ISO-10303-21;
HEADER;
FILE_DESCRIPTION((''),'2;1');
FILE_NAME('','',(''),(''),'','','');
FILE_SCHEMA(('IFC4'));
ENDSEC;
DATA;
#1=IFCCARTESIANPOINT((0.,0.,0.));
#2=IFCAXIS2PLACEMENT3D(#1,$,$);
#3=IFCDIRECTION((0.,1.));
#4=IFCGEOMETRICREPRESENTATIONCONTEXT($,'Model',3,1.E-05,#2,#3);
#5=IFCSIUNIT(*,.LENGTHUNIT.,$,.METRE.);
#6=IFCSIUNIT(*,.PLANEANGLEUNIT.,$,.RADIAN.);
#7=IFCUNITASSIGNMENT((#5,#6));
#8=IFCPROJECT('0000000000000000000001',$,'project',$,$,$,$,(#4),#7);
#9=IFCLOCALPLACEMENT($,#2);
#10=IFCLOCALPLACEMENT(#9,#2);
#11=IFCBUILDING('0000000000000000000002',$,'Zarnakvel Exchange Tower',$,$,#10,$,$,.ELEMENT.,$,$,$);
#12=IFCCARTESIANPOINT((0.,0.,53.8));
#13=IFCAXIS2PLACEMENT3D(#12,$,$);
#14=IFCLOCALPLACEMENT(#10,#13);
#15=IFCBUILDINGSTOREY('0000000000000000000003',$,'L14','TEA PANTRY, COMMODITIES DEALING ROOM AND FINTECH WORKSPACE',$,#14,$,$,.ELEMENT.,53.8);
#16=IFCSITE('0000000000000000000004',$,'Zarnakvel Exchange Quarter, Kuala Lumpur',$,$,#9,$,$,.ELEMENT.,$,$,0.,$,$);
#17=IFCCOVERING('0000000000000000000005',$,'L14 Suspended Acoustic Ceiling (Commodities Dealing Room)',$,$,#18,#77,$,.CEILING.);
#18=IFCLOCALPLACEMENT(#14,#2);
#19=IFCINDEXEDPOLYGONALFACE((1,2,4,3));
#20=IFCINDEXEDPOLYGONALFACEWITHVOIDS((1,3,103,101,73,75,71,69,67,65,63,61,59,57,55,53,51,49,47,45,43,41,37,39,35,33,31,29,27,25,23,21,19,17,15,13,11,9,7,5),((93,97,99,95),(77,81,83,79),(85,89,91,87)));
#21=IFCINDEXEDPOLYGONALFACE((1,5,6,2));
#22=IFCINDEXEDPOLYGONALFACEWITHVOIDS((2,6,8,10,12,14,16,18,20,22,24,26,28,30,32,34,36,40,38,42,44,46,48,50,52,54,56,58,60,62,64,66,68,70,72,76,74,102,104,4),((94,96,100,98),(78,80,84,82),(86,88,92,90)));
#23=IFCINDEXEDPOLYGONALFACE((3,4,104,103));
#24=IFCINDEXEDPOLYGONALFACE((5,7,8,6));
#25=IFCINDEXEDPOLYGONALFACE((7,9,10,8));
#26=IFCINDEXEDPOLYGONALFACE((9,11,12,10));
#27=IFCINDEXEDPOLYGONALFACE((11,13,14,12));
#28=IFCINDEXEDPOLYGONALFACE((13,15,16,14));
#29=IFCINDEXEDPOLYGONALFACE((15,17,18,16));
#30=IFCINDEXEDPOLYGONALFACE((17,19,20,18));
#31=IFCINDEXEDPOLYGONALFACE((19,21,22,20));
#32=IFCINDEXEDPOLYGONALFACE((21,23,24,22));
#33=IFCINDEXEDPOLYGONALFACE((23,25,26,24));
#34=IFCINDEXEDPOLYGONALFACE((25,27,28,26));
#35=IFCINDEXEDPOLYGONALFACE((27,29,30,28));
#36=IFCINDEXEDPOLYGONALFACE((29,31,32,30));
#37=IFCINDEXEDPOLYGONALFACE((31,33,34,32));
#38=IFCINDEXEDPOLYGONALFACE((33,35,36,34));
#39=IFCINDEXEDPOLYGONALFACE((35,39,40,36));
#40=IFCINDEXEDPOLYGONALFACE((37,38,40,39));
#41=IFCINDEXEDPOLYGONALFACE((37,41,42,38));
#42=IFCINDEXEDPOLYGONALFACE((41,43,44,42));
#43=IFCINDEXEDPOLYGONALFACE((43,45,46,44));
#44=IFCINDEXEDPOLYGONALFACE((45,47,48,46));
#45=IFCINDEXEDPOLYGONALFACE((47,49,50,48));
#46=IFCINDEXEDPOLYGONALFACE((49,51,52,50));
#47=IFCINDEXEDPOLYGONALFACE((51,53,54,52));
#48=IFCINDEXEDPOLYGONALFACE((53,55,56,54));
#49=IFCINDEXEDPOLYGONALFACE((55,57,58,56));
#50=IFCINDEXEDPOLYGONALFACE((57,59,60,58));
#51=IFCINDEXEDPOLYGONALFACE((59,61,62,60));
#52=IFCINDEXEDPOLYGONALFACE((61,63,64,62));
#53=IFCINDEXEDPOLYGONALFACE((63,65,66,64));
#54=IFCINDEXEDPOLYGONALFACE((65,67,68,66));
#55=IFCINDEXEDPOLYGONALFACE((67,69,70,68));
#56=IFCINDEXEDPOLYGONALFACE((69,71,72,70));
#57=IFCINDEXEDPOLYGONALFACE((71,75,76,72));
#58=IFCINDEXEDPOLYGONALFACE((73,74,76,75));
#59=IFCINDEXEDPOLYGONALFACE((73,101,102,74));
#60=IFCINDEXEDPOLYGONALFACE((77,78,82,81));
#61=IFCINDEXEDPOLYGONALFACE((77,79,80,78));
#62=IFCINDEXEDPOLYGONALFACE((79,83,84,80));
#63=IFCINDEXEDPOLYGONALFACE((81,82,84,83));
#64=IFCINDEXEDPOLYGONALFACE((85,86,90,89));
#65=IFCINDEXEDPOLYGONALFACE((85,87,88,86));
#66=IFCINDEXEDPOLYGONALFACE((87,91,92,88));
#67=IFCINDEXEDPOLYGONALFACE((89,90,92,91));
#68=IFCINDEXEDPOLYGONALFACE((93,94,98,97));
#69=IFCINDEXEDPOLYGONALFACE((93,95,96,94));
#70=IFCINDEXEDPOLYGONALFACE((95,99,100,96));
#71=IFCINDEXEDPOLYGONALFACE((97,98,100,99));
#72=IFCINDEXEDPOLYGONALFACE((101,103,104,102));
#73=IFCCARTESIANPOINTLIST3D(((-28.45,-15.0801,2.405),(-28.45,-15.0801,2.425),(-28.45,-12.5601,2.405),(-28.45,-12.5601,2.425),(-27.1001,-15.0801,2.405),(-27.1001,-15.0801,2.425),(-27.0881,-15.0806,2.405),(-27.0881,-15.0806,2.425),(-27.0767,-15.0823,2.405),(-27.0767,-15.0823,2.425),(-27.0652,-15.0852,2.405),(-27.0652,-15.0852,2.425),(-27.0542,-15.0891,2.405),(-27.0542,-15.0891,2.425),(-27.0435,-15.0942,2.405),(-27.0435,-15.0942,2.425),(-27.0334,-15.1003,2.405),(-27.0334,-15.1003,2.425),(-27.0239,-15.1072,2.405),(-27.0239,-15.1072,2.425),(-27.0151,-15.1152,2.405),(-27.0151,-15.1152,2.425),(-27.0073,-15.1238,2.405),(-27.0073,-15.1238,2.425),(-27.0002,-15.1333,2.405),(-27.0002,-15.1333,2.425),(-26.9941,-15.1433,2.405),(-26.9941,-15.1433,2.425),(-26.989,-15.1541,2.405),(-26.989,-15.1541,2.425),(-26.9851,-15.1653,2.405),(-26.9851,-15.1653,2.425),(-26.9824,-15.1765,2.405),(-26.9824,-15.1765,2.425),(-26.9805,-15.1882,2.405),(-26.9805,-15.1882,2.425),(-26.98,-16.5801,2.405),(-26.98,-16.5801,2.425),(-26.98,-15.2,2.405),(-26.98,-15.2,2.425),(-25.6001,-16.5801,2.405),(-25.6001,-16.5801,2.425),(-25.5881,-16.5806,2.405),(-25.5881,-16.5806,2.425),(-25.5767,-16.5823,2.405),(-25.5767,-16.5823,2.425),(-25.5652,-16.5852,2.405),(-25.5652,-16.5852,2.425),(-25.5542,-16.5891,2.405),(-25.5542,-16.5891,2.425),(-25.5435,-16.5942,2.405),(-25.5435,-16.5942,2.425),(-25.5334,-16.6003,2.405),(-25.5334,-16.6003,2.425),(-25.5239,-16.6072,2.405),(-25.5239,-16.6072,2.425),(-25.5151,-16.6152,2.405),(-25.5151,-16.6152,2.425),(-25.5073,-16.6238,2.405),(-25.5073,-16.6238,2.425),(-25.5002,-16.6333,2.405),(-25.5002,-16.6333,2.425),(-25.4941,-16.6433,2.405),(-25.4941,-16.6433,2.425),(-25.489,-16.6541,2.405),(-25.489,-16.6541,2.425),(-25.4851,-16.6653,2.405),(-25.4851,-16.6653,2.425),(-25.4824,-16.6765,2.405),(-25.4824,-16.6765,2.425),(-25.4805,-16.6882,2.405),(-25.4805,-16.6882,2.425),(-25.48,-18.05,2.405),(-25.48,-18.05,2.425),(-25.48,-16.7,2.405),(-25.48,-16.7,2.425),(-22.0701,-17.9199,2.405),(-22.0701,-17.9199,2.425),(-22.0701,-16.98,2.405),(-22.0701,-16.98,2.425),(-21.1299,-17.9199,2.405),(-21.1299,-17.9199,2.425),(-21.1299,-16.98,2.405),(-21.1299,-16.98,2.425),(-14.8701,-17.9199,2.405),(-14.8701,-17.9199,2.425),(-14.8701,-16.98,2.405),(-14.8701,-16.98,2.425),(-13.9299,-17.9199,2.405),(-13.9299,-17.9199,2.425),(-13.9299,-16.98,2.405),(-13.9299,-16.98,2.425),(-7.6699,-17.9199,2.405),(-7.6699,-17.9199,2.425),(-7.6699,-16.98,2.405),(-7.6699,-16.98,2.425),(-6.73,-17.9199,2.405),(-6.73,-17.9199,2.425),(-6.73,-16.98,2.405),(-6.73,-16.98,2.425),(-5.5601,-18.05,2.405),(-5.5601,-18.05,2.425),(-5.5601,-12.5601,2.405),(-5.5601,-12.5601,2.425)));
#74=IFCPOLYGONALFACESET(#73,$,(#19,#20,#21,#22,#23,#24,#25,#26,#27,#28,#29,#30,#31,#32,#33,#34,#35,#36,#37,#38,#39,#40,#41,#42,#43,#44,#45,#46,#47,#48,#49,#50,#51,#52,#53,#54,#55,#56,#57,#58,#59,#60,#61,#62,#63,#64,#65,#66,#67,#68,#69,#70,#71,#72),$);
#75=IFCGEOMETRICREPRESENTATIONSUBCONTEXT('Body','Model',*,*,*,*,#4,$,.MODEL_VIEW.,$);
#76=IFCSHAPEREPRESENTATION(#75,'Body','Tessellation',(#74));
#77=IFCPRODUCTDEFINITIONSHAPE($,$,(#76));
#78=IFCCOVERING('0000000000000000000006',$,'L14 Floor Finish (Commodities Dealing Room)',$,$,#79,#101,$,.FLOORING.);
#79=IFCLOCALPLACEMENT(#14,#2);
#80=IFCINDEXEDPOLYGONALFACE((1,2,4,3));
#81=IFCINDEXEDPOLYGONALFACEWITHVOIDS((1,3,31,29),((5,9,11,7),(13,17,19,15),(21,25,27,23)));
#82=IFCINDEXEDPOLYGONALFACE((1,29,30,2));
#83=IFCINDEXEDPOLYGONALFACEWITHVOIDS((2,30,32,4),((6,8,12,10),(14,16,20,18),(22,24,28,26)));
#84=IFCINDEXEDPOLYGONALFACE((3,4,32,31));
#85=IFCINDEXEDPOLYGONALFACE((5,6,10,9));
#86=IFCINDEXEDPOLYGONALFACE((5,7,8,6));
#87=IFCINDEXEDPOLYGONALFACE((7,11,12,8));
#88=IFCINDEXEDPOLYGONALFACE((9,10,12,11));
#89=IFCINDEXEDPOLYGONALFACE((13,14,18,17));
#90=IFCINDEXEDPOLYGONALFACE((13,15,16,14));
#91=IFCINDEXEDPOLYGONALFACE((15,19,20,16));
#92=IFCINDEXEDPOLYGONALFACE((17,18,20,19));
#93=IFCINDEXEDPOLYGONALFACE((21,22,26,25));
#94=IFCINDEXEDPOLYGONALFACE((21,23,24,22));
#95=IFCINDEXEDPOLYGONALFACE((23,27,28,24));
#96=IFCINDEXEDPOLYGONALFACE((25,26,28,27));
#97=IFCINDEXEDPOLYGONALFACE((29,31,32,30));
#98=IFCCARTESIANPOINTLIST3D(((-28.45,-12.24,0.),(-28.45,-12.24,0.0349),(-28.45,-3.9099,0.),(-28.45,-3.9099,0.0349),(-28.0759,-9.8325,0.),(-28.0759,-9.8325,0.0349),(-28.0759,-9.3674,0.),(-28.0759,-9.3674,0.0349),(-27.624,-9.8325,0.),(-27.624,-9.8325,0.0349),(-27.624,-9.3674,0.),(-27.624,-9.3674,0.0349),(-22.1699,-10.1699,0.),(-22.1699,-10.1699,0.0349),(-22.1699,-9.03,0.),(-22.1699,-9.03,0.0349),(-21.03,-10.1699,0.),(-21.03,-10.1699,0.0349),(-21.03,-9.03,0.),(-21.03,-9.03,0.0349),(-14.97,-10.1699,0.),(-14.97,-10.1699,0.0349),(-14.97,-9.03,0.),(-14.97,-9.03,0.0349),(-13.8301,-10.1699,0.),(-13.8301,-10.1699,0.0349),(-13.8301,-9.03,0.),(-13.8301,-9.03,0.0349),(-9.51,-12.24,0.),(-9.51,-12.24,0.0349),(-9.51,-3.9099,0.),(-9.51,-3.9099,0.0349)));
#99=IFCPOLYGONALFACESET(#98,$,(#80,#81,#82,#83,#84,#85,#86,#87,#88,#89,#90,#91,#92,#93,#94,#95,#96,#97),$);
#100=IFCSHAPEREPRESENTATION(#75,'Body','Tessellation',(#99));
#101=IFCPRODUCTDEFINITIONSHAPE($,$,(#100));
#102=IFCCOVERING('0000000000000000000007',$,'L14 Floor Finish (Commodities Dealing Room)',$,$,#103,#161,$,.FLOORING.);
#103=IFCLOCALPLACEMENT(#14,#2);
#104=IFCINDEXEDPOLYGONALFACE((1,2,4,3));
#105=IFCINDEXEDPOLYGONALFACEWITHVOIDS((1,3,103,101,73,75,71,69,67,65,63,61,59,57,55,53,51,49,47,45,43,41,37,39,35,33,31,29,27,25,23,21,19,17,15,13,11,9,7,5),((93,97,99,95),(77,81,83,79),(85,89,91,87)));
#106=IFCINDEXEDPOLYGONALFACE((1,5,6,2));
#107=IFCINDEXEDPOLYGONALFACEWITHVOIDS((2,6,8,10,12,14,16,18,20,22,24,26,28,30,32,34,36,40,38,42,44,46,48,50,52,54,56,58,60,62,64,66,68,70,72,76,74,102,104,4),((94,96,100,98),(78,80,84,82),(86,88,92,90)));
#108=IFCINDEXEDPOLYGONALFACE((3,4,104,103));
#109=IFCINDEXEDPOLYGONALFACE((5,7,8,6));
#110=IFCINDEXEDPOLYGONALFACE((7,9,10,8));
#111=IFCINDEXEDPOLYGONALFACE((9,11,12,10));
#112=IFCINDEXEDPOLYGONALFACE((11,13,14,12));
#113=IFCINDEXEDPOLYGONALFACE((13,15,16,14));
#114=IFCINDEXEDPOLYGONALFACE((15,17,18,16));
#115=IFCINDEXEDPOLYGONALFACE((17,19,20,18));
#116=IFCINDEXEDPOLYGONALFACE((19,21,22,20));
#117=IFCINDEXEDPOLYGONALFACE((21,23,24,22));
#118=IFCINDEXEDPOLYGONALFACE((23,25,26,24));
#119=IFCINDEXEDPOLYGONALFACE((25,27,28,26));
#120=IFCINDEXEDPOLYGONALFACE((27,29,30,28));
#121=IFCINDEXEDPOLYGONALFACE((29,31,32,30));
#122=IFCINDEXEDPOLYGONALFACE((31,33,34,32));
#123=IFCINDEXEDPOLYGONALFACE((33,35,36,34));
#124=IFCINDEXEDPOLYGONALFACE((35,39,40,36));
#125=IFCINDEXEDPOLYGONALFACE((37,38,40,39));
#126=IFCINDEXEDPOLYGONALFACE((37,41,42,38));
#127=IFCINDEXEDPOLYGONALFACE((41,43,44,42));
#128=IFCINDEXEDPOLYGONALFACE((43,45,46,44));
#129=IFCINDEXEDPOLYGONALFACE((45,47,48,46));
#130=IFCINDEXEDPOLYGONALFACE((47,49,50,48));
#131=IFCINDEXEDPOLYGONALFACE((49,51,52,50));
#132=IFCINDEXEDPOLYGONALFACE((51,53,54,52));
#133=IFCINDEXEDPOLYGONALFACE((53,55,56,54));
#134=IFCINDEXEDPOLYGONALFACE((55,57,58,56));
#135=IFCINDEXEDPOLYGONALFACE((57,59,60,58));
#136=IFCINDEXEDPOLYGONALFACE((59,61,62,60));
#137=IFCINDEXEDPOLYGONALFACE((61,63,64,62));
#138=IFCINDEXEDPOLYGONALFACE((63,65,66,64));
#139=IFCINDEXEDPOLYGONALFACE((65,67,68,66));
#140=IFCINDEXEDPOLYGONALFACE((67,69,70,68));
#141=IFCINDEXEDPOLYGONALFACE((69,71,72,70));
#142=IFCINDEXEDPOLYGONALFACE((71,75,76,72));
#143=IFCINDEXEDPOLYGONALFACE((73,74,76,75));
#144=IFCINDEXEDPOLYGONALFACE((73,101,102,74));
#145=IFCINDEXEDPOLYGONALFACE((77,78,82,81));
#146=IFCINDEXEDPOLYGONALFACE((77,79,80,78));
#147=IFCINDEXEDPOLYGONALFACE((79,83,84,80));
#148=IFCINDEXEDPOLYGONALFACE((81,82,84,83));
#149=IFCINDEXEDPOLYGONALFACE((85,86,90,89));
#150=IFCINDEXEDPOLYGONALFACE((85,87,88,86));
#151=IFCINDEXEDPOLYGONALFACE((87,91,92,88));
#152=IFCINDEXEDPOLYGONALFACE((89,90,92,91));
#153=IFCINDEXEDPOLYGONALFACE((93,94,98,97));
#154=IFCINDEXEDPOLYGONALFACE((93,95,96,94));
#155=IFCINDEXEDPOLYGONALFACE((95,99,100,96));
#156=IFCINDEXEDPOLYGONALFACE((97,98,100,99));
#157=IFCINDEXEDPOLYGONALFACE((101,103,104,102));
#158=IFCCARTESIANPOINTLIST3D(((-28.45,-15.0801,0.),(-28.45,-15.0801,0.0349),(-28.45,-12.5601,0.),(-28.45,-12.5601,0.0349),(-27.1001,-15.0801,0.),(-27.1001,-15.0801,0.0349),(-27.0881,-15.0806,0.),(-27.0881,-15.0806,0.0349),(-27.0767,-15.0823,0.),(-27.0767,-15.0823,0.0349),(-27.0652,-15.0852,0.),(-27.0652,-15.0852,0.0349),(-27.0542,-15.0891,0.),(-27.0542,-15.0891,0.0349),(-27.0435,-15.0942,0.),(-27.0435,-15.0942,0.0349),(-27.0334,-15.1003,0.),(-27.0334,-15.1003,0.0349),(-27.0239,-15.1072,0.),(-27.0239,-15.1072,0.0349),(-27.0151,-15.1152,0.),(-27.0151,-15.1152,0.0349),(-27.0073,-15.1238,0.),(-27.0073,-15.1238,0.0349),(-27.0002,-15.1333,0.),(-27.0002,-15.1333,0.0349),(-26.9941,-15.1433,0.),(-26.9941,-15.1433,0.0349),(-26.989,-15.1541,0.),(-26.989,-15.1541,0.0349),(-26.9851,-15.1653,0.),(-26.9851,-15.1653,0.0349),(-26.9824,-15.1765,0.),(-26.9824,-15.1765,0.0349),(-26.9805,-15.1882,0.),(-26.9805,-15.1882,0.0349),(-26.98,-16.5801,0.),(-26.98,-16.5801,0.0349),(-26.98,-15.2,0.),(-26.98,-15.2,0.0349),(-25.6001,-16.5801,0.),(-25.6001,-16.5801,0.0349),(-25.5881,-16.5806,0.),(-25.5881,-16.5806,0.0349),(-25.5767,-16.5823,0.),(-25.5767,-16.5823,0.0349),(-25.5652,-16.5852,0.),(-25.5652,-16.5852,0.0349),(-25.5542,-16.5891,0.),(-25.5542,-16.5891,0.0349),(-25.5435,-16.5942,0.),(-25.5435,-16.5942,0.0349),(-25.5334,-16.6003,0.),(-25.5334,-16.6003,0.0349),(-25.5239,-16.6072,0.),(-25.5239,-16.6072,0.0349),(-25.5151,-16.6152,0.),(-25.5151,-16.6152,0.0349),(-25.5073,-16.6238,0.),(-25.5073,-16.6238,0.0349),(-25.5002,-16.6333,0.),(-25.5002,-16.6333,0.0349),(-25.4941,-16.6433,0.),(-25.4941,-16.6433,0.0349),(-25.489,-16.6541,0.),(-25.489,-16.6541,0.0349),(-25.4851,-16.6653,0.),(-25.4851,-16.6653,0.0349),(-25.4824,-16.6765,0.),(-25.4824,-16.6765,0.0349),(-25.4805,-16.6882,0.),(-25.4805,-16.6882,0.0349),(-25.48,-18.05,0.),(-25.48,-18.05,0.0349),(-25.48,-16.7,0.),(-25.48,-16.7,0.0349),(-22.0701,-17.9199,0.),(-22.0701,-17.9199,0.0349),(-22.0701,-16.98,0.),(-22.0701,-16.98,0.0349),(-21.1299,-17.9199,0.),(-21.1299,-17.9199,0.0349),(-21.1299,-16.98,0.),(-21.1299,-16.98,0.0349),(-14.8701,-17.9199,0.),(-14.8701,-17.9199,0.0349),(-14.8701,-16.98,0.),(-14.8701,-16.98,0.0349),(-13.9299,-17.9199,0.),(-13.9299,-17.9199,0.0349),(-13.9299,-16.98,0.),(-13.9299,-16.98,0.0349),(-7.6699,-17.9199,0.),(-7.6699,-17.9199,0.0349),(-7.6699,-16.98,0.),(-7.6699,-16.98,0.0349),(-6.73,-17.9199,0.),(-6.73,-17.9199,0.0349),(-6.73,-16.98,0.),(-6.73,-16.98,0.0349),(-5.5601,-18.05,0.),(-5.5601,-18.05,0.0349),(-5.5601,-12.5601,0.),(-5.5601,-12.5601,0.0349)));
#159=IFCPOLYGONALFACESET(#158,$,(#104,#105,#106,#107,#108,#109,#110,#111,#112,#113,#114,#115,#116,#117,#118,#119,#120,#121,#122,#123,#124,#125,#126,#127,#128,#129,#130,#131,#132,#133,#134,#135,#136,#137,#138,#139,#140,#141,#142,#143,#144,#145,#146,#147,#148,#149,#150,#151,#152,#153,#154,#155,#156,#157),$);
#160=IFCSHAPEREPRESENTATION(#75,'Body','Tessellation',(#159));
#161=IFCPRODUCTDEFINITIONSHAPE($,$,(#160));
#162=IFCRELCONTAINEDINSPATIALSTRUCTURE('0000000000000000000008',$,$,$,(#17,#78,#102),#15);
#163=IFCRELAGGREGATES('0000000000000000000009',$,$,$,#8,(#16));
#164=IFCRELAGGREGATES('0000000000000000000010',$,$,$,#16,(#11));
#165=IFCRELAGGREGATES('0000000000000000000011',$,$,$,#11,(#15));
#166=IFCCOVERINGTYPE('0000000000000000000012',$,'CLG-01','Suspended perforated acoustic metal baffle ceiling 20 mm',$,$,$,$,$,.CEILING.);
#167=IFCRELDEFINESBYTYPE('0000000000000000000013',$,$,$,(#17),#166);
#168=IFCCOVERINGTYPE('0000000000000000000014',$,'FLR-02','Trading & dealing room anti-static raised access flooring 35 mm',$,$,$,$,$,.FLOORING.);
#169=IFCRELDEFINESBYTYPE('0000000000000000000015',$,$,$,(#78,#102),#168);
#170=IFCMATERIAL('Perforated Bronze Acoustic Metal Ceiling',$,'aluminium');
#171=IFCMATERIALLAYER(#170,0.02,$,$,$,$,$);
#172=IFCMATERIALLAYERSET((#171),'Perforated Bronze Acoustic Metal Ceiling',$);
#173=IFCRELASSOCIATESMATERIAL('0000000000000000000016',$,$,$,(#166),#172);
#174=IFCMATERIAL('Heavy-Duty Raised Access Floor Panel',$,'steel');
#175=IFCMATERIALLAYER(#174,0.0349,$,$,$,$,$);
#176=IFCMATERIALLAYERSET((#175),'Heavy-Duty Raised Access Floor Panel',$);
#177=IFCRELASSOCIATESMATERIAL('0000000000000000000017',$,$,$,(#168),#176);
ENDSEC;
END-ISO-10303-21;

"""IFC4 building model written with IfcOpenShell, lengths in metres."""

from ifc_helpers import new_model, si_unit, direction, frame, origin, place, context, subcontext, project, spatial, polyline, outline, extrude, material, layer, layer_set, type_object, element, save


model = new_model("IFC4")

# Units and contexts
model_context = context("Model", 3, precision=1e-05, world=origin(), true_north=direction((0.0, 1.0)))
body_context = subcontext(model_context, "Body", "Model", "MODEL_VIEW")
ifc_project = project(units=[si_unit("LENGTHUNIT", "METRE"), si_unit("PLANEANGLEUNIT", "RADIAN")], contexts=[model_context])

# Site, building, storey
site_placement = place(None, origin())
site = spatial("IfcSite", under=ifc_project, at=site_placement, Name="Zarnakvel Exchange Quarter, Kuala Lumpur", CompositionType="ELEMENT", RefElevation=0.0)
building_placement = place(site_placement, origin())
building = spatial("IfcBuilding", under=site, at=building_placement, Name="Zarnakvel Exchange Tower", CompositionType="ELEMENT")
storey_placement = place(building_placement, frame((0.0, 0.0, 53.8)))
storey = spatial("IfcBuildingStorey", under=building, at=storey_placement, Name="L14", Description="TEA PANTRY, COMMODITIES DEALING ROOM AND FINTECH WORKSPACE", CompositionType="ELEMENT", Elevation=53.8)

# Coverings
ifc_material_1 = material(Name="Perforated Bronze Acoustic Metal Ceiling", Category="aluminium")
ifc_layer_1 = layer(ifc_material_1, 0.02)
ifc_layer_set_1 = layer_set([ifc_layer_1], Name="Perforated Bronze Acoustic Metal Ceiling")
covering_type_1 = type_object("IfcCoveringType", Name="CLG-01", Description="Suspended perforated acoustic metal baffle ceiling 20 mm", PredefinedType="CEILING", material=ifc_layer_set_1)
covering_1_placement = place(storey_placement, frame((0.0, 0.0, 2.405)))
element("IfcCovering", 1, at=covering_1_placement, inside=storey, type_object=covering_type_1, Name="L14 Suspended Acoustic Ceiling (Commodities Dealing Room)", PredefinedType="CEILING", context=body_context, shape_type="SweptSolid", body=[
    extrude(outline(polyline([(-5.5601, -12.5601), (-5.5601, -18.05), (-25.48, -18.05), (-25.48, -16.7), (-25.4805, -16.6882), (-25.4824, -16.6765), (-25.4851, -16.6653), (-25.489, -16.6541), (-25.4941, -16.6433), (-25.5002, -16.6333), (-25.5073, -16.6238), (-25.5151, -16.6152), (-25.5239, -16.6072), (-25.5334, -16.6003), (-25.5435, -16.5942), (-25.5542, -16.5891), (-25.5652, -16.5852), (-25.5767, -16.5823), (-25.5881, -16.5806), (-25.6001, -16.5801), (-26.98, -16.5801), (-26.98, -15.2), (-26.9805, -15.1882), (-26.9824, -15.1765), (-26.9851, -15.1653), (-26.989, -15.1541), (-26.9941, -15.1433), (-27.0002, -15.1333), (-27.0073, -15.1238), (-27.0151, -15.1152), (-27.0239, -15.1072), (-27.0334, -15.1003), (-27.0435, -15.0942), (-27.0542, -15.0891), (-27.0652, -15.0852), (-27.0767, -15.0823), (-27.0881, -15.0806), (-27.1001, -15.0801), (-28.45, -15.0801), (-28.45, -12.5601), (-5.5601, -12.5601)]), holes=[polyline([(-6.73, -17.9199), (-6.73, -16.98), (-7.6699, -16.98), (-7.6699, -17.9199), (-6.73, -17.9199)]), polyline([(-13.9299, -17.9199), (-13.9299, -16.98), (-14.8701, -16.98), (-14.8701, -17.9199), (-13.9299, -17.9199)]), polyline([(-21.1299, -17.9199), (-21.1299, -16.98), (-22.0701, -16.98), (-22.0701, -17.9199), (-21.1299, -17.9199)])]), origin(), (0.0, 0.0, 1.0), 0.02),
])
ifc_material_2 = material(Name="Heavy-Duty Raised Access Floor Panel", Category="steel")
ifc_layer_2 = layer(ifc_material_2, 0.0349)
ifc_layer_set_2 = layer_set([ifc_layer_2], Name="Heavy-Duty Raised Access Floor Panel")
covering_type_2 = type_object("IfcCoveringType", Name="FLR-02", Description="Trading & dealing room anti-static raised access flooring 35 mm", PredefinedType="FLOORING", material=ifc_layer_set_2)
covering_2_placement = place(storey_placement, origin())
element("IfcCovering", 2, at=covering_2_placement, inside=storey, type_object=covering_type_2, Name="L14 Floor Finish (Commodities Dealing Room)", PredefinedType="FLOORING", context=body_context, shape_type="SweptSolid", body=[
    extrude(outline(polyline([(-28.45, -3.9099), (-9.51, -3.9099), (-9.51, -12.24), (-28.45, -12.24), (-28.45, -3.9099)]), holes=[polyline([(-13.8301, -10.1699), (-13.8301, -9.03), (-14.97, -9.03), (-14.97, -10.1699), (-13.8301, -10.1699)]), polyline([(-21.03, -10.1699), (-21.03, -9.03), (-22.1699, -9.03), (-22.1699, -10.1699), (-21.03, -10.1699)]), polyline([(-28.0759, -9.8325), (-27.624, -9.8325), (-27.624, -9.3674), (-28.0759, -9.3674), (-28.0759, -9.8325)])]), origin(), (0.0, 0.0, 1.0), 0.0349),
])
covering_3_placement = place(storey_placement, origin())
element("IfcCovering", 3, at=covering_3_placement, inside=storey, type_object=covering_type_2, Name="L14 Floor Finish (Commodities Dealing Room)", PredefinedType="FLOORING", context=body_context, shape_type="SweptSolid", body=[
    extrude(outline(polyline([(-5.5601, -12.5601), (-5.5601, -18.05), (-25.48, -18.05), (-25.48, -16.7), (-25.4805, -16.6882), (-25.4824, -16.6765), (-25.4851, -16.6653), (-25.489, -16.6541), (-25.4941, -16.6433), (-25.5002, -16.6333), (-25.5073, -16.6238), (-25.5151, -16.6152), (-25.5239, -16.6072), (-25.5334, -16.6003), (-25.5435, -16.5942), (-25.5542, -16.5891), (-25.5652, -16.5852), (-25.5767, -16.5823), (-25.5881, -16.5806), (-25.6001, -16.5801), (-26.98, -16.5801), (-26.98, -15.2), (-26.9805, -15.1882), (-26.9824, -15.1765), (-26.9851, -15.1653), (-26.989, -15.1541), (-26.9941, -15.1433), (-27.0002, -15.1333), (-27.0073, -15.1238), (-27.0151, -15.1152), (-27.0239, -15.1072), (-27.0334, -15.1003), (-27.0435, -15.0942), (-27.0542, -15.0891), (-27.0652, -15.0852), (-27.0767, -15.0823), (-27.0881, -15.0806), (-27.1001, -15.0801), (-28.45, -15.0801), (-28.45, -12.5601), (-5.5601, -12.5601)]), holes=[polyline([(-6.73, -17.9199), (-6.73, -16.98), (-7.6699, -16.98), (-7.6699, -17.9199), (-6.73, -17.9199)]), polyline([(-13.9299, -17.9199), (-13.9299, -16.98), (-14.8701, -16.98), (-14.8701, -17.9199), (-13.9299, -17.9199)]), polyline([(-21.1299, -17.9199), (-21.1299, -16.98), (-22.0701, -16.98), (-22.0701, -17.9199), (-21.1299, -17.9199)])]), origin(), (0.0, 0.0, 1.0), 0.0349),
])

save(model, "model.ifc")
